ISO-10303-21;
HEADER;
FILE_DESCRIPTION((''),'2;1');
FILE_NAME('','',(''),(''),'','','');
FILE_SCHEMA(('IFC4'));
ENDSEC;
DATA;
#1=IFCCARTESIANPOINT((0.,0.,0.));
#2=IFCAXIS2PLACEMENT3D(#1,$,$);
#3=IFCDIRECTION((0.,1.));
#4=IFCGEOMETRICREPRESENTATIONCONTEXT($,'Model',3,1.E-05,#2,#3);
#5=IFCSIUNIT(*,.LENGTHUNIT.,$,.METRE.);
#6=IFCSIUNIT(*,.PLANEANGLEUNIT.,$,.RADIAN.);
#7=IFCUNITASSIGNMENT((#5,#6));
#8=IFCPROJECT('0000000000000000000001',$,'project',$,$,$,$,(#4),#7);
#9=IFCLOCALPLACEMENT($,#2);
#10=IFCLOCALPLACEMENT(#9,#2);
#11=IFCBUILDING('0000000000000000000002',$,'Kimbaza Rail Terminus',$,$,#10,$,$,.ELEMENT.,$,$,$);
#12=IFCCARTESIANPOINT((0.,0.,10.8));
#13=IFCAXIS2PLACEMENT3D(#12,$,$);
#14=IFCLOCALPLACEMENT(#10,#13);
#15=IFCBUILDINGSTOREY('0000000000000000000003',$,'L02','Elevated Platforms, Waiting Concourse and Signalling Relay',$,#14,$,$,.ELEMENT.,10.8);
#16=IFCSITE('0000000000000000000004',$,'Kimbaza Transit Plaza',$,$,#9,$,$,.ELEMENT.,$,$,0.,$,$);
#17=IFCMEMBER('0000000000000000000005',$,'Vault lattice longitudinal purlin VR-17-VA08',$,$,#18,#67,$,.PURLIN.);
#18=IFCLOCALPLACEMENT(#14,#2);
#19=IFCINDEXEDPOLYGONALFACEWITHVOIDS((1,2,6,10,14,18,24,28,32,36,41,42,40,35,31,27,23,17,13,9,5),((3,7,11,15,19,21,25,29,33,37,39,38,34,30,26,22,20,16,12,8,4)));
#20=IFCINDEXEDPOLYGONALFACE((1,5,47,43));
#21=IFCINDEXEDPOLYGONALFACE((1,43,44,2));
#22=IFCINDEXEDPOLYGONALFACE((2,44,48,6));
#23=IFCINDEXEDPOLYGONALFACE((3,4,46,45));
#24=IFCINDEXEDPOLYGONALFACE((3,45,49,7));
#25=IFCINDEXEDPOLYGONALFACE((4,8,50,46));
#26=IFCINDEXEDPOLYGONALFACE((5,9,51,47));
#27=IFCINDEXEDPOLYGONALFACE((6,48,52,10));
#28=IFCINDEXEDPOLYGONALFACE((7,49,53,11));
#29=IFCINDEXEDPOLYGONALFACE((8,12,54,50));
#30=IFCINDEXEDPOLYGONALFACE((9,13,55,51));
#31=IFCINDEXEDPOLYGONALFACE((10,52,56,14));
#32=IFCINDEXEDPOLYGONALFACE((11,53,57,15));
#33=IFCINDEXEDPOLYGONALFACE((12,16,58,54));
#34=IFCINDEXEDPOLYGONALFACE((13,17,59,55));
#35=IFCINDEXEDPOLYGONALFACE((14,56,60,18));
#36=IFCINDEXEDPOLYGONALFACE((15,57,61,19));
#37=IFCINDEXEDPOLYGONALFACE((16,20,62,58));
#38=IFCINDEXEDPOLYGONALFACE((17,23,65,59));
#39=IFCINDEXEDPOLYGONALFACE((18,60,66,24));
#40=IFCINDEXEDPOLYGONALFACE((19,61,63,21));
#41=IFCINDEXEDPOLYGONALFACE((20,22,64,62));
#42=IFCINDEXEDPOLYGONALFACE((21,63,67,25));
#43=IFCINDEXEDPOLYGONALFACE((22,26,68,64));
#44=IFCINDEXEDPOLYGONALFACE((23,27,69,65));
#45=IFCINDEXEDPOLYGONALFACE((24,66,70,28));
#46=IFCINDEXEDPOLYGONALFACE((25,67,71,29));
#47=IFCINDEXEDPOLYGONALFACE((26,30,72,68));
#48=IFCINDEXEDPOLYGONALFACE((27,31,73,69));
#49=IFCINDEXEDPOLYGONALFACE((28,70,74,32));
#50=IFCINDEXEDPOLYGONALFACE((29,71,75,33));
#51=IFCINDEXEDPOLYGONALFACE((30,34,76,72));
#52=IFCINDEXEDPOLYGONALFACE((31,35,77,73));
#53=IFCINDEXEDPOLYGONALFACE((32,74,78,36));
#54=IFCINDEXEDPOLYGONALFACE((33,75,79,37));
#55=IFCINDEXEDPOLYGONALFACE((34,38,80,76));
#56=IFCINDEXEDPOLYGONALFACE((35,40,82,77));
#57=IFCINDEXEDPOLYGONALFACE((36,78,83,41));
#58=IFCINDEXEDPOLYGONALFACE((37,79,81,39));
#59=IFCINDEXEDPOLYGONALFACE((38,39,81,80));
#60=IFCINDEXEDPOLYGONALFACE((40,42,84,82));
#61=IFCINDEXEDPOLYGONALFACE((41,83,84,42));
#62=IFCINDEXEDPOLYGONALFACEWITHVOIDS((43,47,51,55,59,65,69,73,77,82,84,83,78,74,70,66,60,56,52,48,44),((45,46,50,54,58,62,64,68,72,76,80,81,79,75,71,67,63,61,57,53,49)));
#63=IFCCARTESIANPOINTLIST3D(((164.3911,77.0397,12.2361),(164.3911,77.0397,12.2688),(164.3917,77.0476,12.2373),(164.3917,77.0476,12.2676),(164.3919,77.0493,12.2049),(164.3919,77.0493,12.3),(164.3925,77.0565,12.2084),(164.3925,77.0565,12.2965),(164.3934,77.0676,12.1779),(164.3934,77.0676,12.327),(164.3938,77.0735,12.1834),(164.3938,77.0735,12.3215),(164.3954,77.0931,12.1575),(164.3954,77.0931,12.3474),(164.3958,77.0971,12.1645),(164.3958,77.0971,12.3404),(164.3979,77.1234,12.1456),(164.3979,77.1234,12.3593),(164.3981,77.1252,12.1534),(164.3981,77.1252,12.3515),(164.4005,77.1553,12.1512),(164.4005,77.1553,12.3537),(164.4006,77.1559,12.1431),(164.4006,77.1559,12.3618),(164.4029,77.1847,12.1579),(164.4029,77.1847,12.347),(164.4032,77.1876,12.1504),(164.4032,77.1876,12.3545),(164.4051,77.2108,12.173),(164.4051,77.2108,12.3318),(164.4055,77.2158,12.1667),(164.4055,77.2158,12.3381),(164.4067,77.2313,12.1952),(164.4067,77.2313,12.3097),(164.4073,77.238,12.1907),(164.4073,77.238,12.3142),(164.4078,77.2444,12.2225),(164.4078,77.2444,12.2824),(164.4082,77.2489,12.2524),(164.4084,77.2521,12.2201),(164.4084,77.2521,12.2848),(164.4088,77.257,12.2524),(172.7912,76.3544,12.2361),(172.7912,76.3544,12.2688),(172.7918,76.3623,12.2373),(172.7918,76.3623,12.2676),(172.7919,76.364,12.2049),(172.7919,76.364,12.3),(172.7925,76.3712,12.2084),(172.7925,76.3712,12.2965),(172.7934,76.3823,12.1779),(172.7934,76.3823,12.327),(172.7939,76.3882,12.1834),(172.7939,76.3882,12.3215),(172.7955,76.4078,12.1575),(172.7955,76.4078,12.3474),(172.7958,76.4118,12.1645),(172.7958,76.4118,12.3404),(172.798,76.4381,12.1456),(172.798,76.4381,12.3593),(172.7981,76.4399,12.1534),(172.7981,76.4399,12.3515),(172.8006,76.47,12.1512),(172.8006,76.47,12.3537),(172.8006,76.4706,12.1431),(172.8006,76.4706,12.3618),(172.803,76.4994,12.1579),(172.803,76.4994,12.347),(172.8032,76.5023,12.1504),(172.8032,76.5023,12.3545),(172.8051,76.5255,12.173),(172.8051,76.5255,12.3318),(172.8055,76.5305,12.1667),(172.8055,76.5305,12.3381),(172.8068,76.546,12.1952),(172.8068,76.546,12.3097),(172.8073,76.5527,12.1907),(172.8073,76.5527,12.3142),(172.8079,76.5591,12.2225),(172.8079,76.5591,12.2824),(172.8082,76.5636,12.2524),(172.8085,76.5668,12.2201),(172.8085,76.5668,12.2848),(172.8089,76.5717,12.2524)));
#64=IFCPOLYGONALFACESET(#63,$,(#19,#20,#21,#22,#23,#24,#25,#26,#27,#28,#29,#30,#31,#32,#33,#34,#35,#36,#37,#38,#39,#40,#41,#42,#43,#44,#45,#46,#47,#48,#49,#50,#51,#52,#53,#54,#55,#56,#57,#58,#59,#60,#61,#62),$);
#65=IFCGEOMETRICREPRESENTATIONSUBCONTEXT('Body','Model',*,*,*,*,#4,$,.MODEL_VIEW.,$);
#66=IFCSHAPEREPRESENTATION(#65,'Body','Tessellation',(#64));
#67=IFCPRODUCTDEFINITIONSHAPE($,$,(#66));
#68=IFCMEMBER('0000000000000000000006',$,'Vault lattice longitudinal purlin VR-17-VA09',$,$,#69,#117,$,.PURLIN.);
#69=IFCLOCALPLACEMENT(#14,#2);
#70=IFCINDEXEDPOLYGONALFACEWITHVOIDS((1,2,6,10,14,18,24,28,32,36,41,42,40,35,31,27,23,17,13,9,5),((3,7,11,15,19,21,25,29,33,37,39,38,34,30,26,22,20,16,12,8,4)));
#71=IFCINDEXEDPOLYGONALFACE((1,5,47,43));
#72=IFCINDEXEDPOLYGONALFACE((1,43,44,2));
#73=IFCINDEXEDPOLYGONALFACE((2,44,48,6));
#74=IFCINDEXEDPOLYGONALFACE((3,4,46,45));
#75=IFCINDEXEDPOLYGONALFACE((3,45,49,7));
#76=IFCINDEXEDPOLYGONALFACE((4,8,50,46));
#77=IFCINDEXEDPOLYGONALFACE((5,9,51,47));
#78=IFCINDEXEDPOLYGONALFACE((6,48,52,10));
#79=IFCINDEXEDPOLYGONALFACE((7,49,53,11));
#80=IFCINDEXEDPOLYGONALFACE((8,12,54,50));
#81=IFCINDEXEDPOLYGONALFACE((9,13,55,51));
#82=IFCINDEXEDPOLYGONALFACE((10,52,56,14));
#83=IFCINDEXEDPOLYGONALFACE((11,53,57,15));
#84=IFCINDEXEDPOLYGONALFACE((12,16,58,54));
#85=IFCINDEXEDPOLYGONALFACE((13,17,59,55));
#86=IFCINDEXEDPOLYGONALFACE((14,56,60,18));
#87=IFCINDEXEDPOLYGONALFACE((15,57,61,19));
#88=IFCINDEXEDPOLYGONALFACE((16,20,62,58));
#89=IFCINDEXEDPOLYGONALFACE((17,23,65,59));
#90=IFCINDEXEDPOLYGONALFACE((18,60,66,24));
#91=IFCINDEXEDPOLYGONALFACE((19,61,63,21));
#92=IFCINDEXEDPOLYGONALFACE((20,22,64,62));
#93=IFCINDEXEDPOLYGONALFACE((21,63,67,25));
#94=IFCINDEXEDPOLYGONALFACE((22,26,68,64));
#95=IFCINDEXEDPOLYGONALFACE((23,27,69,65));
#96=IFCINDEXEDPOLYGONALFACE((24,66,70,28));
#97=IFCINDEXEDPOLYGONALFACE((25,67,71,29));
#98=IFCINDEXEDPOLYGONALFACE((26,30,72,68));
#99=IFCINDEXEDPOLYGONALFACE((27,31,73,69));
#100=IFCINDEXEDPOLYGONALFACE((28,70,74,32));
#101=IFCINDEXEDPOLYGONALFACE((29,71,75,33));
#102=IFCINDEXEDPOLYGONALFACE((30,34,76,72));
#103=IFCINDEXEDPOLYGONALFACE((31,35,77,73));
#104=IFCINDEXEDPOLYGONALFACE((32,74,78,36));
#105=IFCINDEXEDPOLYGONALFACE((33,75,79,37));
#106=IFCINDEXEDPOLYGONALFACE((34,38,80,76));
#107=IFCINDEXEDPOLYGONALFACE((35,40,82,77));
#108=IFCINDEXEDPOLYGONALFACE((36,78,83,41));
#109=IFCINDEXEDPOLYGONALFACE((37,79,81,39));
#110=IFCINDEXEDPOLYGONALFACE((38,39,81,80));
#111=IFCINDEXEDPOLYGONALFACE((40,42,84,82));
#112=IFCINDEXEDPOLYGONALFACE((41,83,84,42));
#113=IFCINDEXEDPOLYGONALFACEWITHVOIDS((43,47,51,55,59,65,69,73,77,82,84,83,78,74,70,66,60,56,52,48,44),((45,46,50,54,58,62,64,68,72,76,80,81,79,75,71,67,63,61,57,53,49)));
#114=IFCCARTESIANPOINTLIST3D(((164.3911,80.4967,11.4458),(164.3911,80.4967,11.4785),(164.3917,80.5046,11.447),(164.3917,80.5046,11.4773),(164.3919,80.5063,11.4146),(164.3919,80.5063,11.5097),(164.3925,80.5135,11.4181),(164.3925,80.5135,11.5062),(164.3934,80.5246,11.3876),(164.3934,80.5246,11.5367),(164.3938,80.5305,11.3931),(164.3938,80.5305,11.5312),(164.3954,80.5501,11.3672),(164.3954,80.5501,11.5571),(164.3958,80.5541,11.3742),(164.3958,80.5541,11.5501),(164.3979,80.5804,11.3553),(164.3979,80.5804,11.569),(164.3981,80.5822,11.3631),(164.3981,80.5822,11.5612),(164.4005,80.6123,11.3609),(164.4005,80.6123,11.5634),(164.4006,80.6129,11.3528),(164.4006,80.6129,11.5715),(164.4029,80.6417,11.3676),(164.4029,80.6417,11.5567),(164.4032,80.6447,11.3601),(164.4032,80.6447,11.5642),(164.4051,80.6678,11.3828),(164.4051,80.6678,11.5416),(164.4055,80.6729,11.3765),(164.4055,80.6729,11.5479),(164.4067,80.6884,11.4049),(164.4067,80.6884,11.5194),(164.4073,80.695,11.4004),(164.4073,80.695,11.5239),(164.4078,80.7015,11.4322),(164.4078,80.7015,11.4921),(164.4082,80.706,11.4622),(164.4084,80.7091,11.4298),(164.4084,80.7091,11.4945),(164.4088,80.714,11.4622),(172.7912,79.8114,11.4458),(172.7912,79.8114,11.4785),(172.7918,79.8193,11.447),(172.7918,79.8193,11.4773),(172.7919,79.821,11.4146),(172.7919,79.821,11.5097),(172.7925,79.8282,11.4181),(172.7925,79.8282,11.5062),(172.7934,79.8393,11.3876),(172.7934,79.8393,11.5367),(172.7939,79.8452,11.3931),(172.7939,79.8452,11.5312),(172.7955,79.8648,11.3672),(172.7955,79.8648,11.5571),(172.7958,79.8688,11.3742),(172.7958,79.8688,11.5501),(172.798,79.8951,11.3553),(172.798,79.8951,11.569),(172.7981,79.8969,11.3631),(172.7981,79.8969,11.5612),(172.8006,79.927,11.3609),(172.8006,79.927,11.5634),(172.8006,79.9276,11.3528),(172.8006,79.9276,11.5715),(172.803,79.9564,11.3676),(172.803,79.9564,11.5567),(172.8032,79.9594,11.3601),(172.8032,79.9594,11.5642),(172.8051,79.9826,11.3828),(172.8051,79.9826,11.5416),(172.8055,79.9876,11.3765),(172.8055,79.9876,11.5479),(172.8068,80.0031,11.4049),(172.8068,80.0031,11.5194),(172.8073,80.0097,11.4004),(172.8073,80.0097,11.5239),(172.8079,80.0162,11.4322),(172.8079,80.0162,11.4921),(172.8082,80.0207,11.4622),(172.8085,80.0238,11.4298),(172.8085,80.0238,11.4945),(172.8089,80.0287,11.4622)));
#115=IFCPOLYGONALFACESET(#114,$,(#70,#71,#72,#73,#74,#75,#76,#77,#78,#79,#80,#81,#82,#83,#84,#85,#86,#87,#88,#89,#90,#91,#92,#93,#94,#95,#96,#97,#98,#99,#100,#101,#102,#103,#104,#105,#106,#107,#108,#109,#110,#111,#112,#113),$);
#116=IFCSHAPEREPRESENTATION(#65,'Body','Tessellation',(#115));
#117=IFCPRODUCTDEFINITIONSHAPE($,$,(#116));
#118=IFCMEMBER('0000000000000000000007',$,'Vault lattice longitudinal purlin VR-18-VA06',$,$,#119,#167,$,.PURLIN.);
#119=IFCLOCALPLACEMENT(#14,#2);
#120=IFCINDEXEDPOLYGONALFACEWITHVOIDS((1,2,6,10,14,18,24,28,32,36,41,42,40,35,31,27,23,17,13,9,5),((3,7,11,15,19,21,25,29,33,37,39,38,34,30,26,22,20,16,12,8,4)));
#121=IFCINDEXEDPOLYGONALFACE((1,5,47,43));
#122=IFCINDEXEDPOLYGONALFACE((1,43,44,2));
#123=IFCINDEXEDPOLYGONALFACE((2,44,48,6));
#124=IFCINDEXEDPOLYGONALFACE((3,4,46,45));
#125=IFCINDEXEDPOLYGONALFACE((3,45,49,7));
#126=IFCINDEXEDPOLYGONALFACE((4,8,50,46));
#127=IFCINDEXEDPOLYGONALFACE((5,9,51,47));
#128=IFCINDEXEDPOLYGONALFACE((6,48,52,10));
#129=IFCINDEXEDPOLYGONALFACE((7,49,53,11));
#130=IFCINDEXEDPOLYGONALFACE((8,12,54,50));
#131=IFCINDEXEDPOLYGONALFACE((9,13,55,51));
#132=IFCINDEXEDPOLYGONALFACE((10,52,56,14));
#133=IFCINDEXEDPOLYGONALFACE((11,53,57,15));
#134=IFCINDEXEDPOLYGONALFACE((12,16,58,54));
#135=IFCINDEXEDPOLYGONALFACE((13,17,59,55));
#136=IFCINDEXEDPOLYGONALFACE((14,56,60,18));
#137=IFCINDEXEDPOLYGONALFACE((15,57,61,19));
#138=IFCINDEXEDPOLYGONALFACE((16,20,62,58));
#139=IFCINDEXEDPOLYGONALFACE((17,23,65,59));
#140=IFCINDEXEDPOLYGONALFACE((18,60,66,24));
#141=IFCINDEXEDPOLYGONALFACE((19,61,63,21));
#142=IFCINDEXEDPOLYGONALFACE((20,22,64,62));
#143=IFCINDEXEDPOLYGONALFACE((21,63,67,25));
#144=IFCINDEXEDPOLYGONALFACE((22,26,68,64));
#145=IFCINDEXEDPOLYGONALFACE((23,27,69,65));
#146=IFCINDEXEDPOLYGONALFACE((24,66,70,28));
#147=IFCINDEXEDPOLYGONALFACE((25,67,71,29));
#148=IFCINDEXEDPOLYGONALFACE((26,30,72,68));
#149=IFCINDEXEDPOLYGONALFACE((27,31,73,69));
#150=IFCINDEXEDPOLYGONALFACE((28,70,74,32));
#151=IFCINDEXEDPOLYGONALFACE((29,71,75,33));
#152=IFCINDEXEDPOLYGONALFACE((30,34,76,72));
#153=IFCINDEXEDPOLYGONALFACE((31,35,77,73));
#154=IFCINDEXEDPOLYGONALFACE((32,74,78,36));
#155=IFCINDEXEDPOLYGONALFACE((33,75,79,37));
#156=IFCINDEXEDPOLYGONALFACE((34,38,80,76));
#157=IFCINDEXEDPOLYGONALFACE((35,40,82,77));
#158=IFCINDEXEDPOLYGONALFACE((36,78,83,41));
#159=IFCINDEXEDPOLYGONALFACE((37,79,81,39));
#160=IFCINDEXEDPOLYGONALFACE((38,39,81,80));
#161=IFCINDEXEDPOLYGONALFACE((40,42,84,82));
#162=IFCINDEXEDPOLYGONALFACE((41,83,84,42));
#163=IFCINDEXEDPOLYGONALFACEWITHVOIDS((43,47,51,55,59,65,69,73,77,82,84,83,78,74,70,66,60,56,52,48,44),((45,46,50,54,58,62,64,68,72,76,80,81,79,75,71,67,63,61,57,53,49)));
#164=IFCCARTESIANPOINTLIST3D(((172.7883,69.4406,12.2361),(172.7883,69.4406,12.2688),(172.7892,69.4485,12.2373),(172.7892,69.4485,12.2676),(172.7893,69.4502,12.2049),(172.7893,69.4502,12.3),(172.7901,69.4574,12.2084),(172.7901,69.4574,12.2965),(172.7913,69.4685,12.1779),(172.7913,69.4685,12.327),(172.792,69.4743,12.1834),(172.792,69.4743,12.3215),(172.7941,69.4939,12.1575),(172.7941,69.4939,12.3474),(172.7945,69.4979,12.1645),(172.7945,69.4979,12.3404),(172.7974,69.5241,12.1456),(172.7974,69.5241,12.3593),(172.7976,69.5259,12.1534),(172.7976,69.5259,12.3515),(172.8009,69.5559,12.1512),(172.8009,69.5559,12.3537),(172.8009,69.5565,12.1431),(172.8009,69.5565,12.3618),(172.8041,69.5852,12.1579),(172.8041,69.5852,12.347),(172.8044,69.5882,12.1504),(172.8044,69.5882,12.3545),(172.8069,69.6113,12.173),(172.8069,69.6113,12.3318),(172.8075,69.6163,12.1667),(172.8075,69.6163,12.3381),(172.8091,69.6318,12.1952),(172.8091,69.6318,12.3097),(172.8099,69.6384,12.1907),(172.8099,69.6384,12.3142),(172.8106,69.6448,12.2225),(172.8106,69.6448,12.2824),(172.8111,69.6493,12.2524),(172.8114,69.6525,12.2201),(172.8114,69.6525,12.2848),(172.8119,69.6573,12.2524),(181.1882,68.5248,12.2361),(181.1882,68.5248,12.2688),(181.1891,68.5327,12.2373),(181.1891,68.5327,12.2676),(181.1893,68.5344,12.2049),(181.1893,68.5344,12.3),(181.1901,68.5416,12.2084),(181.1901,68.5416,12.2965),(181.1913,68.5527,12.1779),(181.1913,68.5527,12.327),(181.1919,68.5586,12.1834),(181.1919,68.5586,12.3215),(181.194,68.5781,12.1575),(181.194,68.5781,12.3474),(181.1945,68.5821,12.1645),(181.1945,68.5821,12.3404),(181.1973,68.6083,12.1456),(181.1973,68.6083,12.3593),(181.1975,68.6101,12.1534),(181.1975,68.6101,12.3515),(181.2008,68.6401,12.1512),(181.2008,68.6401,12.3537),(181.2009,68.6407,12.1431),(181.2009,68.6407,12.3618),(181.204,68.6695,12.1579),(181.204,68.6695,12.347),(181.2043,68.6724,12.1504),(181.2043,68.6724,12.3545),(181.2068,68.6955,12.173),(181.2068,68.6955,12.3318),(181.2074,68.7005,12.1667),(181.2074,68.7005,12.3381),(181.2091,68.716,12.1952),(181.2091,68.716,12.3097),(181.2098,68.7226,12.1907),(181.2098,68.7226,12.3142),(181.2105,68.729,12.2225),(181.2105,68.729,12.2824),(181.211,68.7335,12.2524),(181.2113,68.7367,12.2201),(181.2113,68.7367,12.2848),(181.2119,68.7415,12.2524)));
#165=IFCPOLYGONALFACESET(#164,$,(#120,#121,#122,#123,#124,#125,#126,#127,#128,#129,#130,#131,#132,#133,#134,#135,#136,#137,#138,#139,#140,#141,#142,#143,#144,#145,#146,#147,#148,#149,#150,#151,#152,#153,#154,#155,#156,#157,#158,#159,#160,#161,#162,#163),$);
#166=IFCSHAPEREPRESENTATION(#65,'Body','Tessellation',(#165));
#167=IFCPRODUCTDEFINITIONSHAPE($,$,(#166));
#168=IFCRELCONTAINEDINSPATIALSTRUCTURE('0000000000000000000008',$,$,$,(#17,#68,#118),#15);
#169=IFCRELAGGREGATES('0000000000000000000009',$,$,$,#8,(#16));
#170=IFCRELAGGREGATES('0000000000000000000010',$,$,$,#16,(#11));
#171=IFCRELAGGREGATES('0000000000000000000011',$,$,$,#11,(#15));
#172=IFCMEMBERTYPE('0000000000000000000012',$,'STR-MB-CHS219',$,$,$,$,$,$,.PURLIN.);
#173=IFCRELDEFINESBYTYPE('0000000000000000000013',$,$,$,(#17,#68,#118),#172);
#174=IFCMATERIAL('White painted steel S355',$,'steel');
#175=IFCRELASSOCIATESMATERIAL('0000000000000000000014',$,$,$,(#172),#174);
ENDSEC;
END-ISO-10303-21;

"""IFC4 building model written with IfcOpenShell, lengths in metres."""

from ifc_helpers import new_model, si_unit, direction, frame, origin, origin_2d, place, context, subcontext, project, spatial, hollow_circle, extrude, material, material_profile, profile_set, type_object, element, save


model = new_model("IFC4")

# Units and contexts
model_context = context("Model", 3, precision=1e-05, world=origin(), true_north=direction((0.0, 1.0)))
body_context = subcontext(model_context, "Body", "Model", "MODEL_VIEW")
ifc_project = project(units=[si_unit("LENGTHUNIT", "METRE"), si_unit("PLANEANGLEUNIT", "RADIAN")], contexts=[model_context])

# Site, building, storey
site_placement = place(None, origin())
site = spatial("IfcSite", under=ifc_project, at=site_placement, Name="Kimbaza Transit Plaza", CompositionType="ELEMENT", RefElevation=0.0)
building_placement = place(site_placement, origin())
building = spatial("IfcBuilding", under=site, at=building_placement, Name="Kimbaza Rail Terminus", CompositionType="ELEMENT")
storey_placement = place(building_placement, frame((0.0, 0.0, 10.8)))
storey = spatial("IfcBuildingStorey", under=building, at=storey_placement, Name="L02", Description="Elevated Platforms, Waiting Concourse and Signalling Relay", CompositionType="ELEMENT", Elevation=10.8)

# Members
ifc_material_1 = material(Name="White painted steel S355", Category="steel")
ifc_material_profile_1 = material_profile(ifc_material_1, hollow_circle(Radius=0.1096, WallThickness=0.0081, at=origin_2d()), Name="CHS 219.1x8")
ifc_profile_set_1 = profile_set([ifc_material_profile_1], Name="White painted steel S355")
member_type_1 = type_object("IfcMemberType", Name="STR-MB-CHS219", PredefinedType="PURLIN", material=ifc_profile_set_1)
for number, where, z_axis, x_axis, name in (
    (1, (164.3999, 77.1477, 12.2524), (0.996689, -0.081312, 0.0), (0.081312, 0.996689, 0.0), "Vault lattice longitudinal purlin VR-17-VA08"),
    (2, (164.3999, 80.6047, 11.4622), (0.996689, -0.081312, 0.0), (0.081312, 0.996689, 0.0), "Vault lattice longitudinal purlin VR-17-VA09"),
):
    element("IfcMember", number, at=place(storey_placement, frame(where, z_axis=z_axis, x_axis=x_axis)), inside=storey, type_object=member_type_1, Name=name, PredefinedType="PURLIN", context=body_context, shape_type="SweptSolid", body=[
        extrude(hollow_circle(Radius=0.1096, WallThickness=0.0081, at=origin_2d()), origin(), (0.0, 0.0, 1.0), 8.428),
    ])
member_1_placement = place(storey_placement, frame((172.8, 69.5483, 12.2524), z_axis=(0.99411, -0.10838, 0.0), x_axis=(0.10838, 0.99411, 0.0)))
element("IfcMember", 3, at=member_1_placement, inside=storey, type_object=member_type_1, Name="Vault lattice longitudinal purlin VR-18-VA06", PredefinedType="PURLIN", context=body_context, shape_type="SweptSolid", body=[
    extrude(hollow_circle(Radius=0.1096, WallThickness=0.0081, at=origin_2d()), origin(), (0.0, 0.0, 1.0), 8.4497),
])

save(model, "model.ifc")
